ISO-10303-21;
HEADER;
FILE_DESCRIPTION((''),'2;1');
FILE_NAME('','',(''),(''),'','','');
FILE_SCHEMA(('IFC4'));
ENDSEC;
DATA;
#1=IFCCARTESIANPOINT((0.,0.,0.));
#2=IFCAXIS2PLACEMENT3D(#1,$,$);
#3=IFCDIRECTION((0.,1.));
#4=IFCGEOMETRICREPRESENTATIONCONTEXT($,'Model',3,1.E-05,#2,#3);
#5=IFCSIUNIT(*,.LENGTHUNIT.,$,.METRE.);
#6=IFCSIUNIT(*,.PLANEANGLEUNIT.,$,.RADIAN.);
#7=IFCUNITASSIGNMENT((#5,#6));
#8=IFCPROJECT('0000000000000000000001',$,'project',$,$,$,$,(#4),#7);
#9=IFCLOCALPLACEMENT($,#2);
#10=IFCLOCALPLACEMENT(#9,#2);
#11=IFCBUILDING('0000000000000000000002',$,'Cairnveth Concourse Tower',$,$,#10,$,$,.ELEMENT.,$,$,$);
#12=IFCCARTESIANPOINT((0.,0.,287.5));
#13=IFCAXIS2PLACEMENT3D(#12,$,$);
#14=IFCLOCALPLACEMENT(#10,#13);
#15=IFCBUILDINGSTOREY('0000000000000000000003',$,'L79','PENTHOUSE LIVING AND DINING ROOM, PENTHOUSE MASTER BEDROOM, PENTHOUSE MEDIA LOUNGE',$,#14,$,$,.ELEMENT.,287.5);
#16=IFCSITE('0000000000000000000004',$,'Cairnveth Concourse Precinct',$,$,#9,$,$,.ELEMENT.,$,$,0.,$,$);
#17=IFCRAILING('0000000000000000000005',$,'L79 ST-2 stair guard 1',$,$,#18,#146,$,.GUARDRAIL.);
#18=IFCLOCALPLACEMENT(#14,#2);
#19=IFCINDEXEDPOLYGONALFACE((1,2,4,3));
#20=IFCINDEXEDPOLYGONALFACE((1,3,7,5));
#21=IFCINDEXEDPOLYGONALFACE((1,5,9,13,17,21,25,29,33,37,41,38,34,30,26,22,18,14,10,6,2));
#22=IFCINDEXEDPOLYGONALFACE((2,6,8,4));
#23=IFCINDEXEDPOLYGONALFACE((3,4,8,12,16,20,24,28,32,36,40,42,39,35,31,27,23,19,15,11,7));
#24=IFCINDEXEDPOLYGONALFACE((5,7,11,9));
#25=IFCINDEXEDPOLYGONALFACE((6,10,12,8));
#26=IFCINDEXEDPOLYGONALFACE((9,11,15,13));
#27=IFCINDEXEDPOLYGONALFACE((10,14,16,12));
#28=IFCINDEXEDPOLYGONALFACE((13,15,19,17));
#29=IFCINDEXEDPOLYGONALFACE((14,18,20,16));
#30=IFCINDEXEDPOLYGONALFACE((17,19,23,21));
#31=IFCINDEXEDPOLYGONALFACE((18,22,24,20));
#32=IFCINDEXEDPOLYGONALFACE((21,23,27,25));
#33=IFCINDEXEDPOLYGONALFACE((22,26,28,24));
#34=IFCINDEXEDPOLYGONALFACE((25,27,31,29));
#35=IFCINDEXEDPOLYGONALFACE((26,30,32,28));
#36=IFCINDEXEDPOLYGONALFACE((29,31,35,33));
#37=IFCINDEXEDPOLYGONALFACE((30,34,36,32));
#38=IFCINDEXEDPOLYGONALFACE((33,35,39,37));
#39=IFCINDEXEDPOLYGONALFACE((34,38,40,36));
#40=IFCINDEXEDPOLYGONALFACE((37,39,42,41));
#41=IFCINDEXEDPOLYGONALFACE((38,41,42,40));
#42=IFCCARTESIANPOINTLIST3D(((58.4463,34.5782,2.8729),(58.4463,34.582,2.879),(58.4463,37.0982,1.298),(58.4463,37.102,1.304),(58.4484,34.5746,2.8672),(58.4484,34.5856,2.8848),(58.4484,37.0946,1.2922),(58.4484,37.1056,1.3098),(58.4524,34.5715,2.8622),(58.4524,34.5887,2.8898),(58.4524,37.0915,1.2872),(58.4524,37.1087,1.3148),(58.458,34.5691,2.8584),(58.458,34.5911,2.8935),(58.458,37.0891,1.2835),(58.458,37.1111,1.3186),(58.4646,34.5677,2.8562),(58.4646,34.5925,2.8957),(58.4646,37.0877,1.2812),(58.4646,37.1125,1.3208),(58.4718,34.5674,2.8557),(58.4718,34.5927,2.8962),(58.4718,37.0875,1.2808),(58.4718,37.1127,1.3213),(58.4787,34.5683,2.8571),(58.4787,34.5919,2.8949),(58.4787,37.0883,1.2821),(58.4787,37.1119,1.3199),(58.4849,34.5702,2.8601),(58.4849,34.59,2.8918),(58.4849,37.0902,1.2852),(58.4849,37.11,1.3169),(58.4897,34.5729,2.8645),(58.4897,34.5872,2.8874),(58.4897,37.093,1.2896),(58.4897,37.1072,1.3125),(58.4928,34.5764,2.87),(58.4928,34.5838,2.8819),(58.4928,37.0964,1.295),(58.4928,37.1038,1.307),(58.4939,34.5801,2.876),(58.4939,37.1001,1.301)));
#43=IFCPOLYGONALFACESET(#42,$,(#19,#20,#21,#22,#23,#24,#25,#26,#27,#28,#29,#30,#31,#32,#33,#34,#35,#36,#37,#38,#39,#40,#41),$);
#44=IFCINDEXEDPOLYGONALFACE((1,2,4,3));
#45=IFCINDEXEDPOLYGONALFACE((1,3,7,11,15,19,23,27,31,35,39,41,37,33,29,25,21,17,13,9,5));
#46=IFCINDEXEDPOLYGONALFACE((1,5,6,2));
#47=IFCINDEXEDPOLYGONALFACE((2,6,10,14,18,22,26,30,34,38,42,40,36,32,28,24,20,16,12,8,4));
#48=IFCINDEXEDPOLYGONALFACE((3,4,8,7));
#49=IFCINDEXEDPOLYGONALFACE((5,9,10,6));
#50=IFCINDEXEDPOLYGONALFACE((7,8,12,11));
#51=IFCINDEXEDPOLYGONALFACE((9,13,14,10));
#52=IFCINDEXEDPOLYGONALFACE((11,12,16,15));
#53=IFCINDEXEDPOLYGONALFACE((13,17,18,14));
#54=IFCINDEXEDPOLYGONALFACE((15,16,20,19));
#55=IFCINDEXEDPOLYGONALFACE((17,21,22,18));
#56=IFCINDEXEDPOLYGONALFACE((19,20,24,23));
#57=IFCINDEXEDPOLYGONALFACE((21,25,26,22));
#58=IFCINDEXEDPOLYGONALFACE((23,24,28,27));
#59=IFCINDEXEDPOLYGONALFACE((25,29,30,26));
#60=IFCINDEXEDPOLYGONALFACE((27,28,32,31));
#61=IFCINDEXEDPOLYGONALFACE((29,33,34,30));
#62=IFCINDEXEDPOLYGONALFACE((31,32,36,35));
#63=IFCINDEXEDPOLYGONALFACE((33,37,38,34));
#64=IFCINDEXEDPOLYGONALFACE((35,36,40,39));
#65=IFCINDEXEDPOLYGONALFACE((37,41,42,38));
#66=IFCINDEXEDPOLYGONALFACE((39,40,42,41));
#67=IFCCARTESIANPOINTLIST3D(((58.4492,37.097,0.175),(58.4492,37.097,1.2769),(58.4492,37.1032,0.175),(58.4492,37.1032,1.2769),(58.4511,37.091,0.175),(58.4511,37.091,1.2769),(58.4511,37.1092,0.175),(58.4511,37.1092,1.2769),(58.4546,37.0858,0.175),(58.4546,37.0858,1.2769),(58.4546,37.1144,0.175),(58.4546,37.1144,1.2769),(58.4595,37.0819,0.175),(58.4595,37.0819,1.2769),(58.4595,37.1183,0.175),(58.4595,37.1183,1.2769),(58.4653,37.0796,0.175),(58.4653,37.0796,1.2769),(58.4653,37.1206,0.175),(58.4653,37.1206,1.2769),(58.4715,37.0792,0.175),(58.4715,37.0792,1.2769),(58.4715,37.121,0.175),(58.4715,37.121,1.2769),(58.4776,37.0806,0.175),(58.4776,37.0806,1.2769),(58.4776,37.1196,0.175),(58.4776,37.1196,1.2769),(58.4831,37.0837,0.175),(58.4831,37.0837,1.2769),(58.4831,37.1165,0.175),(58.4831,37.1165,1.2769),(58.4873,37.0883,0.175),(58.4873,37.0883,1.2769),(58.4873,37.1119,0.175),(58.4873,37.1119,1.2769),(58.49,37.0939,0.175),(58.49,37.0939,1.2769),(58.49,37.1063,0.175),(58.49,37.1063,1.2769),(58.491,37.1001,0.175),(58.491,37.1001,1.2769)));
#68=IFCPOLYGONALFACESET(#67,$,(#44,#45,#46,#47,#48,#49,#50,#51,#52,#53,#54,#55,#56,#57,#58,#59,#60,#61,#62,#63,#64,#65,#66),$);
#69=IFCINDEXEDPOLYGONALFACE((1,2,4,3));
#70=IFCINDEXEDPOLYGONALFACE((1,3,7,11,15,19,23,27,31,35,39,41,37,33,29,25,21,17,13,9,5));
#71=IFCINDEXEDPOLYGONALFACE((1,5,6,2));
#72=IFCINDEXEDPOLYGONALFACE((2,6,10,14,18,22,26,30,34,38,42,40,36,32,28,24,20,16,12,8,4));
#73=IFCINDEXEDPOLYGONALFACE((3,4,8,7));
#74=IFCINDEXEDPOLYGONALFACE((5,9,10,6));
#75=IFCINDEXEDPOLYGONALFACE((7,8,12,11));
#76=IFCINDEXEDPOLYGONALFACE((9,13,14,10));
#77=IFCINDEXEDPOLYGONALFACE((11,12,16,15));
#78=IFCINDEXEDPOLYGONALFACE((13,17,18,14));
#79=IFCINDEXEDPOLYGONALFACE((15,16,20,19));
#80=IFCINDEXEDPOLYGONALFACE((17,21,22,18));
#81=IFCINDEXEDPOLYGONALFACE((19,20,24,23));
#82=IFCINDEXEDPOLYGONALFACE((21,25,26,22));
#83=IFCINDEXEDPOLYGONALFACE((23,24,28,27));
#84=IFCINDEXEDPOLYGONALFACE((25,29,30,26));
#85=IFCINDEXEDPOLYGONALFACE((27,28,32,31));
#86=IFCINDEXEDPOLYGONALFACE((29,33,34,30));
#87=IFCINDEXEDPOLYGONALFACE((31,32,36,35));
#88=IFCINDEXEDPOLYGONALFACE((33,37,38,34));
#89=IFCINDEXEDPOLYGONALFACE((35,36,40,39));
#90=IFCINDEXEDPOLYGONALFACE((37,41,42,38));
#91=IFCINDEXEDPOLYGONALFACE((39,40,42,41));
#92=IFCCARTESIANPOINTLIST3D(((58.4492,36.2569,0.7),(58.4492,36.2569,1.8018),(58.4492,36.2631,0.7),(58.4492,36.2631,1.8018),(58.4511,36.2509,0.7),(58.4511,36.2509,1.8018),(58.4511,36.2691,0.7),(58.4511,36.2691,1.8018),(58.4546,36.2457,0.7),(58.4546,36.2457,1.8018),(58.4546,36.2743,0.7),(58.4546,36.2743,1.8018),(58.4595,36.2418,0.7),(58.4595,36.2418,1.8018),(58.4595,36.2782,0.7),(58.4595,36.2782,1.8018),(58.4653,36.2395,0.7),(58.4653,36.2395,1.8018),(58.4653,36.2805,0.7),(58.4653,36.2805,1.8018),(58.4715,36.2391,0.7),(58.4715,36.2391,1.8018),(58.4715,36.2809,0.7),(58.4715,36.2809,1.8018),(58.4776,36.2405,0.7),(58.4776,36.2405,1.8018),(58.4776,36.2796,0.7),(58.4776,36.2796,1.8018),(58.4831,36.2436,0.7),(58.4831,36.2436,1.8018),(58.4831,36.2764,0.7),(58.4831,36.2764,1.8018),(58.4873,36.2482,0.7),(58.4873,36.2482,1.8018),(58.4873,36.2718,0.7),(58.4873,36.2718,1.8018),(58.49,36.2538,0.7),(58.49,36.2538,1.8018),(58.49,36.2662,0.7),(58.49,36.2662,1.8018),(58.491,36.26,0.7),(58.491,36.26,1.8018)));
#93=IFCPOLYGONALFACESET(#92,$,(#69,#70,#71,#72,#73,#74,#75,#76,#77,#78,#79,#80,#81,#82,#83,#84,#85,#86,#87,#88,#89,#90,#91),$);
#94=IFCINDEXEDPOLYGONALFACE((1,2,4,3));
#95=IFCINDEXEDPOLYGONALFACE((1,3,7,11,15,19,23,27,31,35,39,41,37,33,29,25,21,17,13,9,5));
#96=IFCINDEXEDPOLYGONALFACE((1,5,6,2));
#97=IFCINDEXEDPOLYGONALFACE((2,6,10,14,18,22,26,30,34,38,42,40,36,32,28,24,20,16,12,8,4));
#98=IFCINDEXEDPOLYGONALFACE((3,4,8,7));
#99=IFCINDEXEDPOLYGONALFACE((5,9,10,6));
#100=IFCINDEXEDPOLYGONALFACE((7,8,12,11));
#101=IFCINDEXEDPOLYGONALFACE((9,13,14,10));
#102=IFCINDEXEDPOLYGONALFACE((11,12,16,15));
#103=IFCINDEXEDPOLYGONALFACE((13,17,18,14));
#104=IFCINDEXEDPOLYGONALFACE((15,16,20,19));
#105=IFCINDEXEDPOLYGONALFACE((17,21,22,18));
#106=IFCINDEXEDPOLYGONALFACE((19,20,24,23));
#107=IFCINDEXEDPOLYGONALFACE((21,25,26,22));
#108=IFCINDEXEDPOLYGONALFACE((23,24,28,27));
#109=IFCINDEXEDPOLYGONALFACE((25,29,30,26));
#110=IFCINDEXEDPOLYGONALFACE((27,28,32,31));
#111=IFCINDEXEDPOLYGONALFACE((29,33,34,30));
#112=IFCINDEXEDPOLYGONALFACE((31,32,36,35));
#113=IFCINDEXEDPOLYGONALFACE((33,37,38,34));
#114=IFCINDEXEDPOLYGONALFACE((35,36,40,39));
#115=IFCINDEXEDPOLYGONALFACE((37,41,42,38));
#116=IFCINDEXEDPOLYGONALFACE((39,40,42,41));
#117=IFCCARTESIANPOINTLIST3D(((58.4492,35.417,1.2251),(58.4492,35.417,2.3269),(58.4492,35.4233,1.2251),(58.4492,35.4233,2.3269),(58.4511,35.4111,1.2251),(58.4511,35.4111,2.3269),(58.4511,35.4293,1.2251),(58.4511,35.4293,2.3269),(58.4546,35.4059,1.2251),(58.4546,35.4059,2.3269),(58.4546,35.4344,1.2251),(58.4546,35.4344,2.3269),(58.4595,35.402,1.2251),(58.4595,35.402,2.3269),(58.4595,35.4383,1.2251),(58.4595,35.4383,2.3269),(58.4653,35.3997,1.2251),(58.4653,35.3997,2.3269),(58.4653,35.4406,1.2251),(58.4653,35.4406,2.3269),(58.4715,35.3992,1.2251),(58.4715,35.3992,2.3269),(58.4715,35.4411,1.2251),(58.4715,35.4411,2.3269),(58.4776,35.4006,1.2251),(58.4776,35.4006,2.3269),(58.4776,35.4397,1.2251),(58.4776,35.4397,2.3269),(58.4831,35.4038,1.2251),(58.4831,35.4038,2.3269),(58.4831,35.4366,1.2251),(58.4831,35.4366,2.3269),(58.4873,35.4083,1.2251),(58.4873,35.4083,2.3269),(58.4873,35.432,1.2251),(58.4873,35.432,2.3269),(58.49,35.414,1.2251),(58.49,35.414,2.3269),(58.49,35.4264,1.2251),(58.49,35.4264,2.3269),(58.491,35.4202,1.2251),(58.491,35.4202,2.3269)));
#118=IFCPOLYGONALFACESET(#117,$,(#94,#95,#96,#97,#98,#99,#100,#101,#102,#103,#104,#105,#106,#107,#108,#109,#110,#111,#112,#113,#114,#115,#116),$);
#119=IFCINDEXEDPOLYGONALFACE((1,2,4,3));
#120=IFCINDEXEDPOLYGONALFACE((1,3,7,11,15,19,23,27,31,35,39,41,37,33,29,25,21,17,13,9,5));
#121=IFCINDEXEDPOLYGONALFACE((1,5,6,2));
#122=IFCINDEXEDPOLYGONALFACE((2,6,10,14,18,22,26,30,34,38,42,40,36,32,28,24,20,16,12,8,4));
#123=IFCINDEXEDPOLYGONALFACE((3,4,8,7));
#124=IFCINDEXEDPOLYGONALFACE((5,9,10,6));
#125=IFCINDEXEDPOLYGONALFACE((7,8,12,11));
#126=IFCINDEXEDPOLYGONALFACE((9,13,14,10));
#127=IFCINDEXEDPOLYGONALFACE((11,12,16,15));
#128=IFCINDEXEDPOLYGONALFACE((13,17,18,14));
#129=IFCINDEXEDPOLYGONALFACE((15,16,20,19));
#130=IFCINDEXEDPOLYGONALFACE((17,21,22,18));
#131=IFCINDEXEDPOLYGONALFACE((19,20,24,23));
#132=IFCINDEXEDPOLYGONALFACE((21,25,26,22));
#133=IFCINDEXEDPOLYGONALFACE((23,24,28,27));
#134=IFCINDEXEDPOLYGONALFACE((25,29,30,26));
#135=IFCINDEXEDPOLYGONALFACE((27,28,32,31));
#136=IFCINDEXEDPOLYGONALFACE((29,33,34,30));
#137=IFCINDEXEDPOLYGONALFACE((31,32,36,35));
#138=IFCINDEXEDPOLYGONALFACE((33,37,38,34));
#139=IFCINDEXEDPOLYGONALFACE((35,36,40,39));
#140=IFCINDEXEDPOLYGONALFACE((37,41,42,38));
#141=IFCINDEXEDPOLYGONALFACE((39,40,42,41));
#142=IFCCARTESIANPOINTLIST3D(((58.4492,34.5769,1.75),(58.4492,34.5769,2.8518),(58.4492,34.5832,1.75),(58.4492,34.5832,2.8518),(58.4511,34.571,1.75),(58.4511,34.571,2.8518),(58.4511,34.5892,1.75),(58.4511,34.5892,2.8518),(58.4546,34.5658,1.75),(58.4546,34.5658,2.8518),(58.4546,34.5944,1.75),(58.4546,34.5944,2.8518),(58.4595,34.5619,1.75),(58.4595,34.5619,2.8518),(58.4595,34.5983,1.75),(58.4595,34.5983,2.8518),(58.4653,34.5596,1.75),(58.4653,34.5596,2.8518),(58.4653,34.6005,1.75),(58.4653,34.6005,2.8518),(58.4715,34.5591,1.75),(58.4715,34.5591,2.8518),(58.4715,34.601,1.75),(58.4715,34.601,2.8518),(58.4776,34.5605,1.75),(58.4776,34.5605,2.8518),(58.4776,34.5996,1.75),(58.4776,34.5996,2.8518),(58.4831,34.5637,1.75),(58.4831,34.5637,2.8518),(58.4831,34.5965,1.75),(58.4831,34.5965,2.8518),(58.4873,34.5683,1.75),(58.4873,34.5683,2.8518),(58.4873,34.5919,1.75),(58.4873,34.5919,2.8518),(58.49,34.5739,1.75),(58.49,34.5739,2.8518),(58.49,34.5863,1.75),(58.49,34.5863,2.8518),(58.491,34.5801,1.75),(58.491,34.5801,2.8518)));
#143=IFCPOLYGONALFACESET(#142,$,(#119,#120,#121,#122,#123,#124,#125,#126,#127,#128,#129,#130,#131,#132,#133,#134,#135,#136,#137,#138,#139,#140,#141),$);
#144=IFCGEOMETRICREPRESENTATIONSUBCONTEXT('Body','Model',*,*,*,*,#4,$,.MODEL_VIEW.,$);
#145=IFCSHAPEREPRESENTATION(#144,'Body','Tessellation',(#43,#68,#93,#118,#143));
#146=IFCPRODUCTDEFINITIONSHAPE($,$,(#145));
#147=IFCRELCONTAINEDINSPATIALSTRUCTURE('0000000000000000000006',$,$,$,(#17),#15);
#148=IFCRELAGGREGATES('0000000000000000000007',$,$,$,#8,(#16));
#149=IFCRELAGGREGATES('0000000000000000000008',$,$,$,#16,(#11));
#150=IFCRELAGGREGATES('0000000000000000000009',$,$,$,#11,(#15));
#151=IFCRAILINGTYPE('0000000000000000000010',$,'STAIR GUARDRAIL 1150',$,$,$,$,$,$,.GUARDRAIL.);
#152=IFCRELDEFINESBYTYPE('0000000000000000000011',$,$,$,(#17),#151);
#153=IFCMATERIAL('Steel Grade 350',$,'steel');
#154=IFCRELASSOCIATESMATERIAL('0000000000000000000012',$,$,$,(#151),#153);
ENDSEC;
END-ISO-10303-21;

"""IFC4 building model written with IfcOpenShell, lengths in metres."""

from ifc_helpers import new_model, si_unit, direction, frame, origin, origin_2d, place, context, subcontext, project, spatial, circle, extrude, material, type_object, element, save


model = new_model("IFC4")

# Units and contexts
model_context = context("Model", 3, precision=1e-05, world=origin(), true_north=direction((0.0, 1.0)))
body_context = subcontext(model_context, "Body", "Model", "MODEL_VIEW")
ifc_project = project(units=[si_unit("LENGTHUNIT", "METRE"), si_unit("PLANEANGLEUNIT", "RADIAN")], contexts=[model_context])

# Site, building, storey
site_placement = place(None, origin())
site = spatial("IfcSite", under=ifc_project, at=site_placement, Name="Cairnveth Concourse Precinct", CompositionType="ELEMENT", RefElevation=0.0)
building_placement = place(site_placement, origin())
building = spatial("IfcBuilding", under=site, at=building_placement, Name="Cairnveth Concourse Tower", CompositionType="ELEMENT")
storey_placement = place(building_placement, frame((0.0, 0.0, 287.5)))
storey = spatial("IfcBuildingStorey", under=building, at=storey_placement, Name="L79", Description="PENTHOUSE LIVING AND DINING ROOM, PENTHOUSE MASTER BEDROOM, PENTHOUSE MEDIA LOUNGE", CompositionType="ELEMENT", Elevation=287.5)

# Shared definitions
ifc_material_1 = material(Name="Steel Grade 350", Category="steel")

# Railing
railing_type = type_object("IfcRailingType", Name="STAIR GUARDRAIL 1150", PredefinedType="GUARDRAIL", material=ifc_material_1)
railing_1_placement = place(storey_placement, frame((58.47, 37.1001, 0.175)))
element("IfcRailing", 1, at=railing_1_placement, inside=storey, type_object=railing_type, Name="L79 ST-2 stair guard 1", PredefinedType="GUARDRAIL", context=body_context, shape_type="SweptSolid", body=[
    extrude(circle(Radius=0.0239, at=origin_2d()), frame((0.0, 0.0, 1.126), z_axis=(0.0, -0.848008, 0.529984), x_axis=(1.0, 0.0, 0.0)), (0.0, 0.0, 1.0), 2.9717),
    extrude(circle(Radius=0.021, at=origin_2d()), origin(), (0.0, 0.0, 1.0), 1.1018),
    extrude(circle(Radius=0.021, at=origin_2d()), frame((0.0, -0.8401, 0.5249)), (0.0, 0.0, 1.0), 1.1018),
    extrude(circle(Radius=0.021, at=origin_2d()), frame((0.0, -1.6799, 1.05)), (0.0, 0.0, 1.0), 1.1018),
    extrude(circle(Radius=0.021, at=origin_2d()), frame((0.0, -2.52, 1.575)), (0.0, 0.0, 1.0), 1.1018),
])

save(model, "model.ifc")
